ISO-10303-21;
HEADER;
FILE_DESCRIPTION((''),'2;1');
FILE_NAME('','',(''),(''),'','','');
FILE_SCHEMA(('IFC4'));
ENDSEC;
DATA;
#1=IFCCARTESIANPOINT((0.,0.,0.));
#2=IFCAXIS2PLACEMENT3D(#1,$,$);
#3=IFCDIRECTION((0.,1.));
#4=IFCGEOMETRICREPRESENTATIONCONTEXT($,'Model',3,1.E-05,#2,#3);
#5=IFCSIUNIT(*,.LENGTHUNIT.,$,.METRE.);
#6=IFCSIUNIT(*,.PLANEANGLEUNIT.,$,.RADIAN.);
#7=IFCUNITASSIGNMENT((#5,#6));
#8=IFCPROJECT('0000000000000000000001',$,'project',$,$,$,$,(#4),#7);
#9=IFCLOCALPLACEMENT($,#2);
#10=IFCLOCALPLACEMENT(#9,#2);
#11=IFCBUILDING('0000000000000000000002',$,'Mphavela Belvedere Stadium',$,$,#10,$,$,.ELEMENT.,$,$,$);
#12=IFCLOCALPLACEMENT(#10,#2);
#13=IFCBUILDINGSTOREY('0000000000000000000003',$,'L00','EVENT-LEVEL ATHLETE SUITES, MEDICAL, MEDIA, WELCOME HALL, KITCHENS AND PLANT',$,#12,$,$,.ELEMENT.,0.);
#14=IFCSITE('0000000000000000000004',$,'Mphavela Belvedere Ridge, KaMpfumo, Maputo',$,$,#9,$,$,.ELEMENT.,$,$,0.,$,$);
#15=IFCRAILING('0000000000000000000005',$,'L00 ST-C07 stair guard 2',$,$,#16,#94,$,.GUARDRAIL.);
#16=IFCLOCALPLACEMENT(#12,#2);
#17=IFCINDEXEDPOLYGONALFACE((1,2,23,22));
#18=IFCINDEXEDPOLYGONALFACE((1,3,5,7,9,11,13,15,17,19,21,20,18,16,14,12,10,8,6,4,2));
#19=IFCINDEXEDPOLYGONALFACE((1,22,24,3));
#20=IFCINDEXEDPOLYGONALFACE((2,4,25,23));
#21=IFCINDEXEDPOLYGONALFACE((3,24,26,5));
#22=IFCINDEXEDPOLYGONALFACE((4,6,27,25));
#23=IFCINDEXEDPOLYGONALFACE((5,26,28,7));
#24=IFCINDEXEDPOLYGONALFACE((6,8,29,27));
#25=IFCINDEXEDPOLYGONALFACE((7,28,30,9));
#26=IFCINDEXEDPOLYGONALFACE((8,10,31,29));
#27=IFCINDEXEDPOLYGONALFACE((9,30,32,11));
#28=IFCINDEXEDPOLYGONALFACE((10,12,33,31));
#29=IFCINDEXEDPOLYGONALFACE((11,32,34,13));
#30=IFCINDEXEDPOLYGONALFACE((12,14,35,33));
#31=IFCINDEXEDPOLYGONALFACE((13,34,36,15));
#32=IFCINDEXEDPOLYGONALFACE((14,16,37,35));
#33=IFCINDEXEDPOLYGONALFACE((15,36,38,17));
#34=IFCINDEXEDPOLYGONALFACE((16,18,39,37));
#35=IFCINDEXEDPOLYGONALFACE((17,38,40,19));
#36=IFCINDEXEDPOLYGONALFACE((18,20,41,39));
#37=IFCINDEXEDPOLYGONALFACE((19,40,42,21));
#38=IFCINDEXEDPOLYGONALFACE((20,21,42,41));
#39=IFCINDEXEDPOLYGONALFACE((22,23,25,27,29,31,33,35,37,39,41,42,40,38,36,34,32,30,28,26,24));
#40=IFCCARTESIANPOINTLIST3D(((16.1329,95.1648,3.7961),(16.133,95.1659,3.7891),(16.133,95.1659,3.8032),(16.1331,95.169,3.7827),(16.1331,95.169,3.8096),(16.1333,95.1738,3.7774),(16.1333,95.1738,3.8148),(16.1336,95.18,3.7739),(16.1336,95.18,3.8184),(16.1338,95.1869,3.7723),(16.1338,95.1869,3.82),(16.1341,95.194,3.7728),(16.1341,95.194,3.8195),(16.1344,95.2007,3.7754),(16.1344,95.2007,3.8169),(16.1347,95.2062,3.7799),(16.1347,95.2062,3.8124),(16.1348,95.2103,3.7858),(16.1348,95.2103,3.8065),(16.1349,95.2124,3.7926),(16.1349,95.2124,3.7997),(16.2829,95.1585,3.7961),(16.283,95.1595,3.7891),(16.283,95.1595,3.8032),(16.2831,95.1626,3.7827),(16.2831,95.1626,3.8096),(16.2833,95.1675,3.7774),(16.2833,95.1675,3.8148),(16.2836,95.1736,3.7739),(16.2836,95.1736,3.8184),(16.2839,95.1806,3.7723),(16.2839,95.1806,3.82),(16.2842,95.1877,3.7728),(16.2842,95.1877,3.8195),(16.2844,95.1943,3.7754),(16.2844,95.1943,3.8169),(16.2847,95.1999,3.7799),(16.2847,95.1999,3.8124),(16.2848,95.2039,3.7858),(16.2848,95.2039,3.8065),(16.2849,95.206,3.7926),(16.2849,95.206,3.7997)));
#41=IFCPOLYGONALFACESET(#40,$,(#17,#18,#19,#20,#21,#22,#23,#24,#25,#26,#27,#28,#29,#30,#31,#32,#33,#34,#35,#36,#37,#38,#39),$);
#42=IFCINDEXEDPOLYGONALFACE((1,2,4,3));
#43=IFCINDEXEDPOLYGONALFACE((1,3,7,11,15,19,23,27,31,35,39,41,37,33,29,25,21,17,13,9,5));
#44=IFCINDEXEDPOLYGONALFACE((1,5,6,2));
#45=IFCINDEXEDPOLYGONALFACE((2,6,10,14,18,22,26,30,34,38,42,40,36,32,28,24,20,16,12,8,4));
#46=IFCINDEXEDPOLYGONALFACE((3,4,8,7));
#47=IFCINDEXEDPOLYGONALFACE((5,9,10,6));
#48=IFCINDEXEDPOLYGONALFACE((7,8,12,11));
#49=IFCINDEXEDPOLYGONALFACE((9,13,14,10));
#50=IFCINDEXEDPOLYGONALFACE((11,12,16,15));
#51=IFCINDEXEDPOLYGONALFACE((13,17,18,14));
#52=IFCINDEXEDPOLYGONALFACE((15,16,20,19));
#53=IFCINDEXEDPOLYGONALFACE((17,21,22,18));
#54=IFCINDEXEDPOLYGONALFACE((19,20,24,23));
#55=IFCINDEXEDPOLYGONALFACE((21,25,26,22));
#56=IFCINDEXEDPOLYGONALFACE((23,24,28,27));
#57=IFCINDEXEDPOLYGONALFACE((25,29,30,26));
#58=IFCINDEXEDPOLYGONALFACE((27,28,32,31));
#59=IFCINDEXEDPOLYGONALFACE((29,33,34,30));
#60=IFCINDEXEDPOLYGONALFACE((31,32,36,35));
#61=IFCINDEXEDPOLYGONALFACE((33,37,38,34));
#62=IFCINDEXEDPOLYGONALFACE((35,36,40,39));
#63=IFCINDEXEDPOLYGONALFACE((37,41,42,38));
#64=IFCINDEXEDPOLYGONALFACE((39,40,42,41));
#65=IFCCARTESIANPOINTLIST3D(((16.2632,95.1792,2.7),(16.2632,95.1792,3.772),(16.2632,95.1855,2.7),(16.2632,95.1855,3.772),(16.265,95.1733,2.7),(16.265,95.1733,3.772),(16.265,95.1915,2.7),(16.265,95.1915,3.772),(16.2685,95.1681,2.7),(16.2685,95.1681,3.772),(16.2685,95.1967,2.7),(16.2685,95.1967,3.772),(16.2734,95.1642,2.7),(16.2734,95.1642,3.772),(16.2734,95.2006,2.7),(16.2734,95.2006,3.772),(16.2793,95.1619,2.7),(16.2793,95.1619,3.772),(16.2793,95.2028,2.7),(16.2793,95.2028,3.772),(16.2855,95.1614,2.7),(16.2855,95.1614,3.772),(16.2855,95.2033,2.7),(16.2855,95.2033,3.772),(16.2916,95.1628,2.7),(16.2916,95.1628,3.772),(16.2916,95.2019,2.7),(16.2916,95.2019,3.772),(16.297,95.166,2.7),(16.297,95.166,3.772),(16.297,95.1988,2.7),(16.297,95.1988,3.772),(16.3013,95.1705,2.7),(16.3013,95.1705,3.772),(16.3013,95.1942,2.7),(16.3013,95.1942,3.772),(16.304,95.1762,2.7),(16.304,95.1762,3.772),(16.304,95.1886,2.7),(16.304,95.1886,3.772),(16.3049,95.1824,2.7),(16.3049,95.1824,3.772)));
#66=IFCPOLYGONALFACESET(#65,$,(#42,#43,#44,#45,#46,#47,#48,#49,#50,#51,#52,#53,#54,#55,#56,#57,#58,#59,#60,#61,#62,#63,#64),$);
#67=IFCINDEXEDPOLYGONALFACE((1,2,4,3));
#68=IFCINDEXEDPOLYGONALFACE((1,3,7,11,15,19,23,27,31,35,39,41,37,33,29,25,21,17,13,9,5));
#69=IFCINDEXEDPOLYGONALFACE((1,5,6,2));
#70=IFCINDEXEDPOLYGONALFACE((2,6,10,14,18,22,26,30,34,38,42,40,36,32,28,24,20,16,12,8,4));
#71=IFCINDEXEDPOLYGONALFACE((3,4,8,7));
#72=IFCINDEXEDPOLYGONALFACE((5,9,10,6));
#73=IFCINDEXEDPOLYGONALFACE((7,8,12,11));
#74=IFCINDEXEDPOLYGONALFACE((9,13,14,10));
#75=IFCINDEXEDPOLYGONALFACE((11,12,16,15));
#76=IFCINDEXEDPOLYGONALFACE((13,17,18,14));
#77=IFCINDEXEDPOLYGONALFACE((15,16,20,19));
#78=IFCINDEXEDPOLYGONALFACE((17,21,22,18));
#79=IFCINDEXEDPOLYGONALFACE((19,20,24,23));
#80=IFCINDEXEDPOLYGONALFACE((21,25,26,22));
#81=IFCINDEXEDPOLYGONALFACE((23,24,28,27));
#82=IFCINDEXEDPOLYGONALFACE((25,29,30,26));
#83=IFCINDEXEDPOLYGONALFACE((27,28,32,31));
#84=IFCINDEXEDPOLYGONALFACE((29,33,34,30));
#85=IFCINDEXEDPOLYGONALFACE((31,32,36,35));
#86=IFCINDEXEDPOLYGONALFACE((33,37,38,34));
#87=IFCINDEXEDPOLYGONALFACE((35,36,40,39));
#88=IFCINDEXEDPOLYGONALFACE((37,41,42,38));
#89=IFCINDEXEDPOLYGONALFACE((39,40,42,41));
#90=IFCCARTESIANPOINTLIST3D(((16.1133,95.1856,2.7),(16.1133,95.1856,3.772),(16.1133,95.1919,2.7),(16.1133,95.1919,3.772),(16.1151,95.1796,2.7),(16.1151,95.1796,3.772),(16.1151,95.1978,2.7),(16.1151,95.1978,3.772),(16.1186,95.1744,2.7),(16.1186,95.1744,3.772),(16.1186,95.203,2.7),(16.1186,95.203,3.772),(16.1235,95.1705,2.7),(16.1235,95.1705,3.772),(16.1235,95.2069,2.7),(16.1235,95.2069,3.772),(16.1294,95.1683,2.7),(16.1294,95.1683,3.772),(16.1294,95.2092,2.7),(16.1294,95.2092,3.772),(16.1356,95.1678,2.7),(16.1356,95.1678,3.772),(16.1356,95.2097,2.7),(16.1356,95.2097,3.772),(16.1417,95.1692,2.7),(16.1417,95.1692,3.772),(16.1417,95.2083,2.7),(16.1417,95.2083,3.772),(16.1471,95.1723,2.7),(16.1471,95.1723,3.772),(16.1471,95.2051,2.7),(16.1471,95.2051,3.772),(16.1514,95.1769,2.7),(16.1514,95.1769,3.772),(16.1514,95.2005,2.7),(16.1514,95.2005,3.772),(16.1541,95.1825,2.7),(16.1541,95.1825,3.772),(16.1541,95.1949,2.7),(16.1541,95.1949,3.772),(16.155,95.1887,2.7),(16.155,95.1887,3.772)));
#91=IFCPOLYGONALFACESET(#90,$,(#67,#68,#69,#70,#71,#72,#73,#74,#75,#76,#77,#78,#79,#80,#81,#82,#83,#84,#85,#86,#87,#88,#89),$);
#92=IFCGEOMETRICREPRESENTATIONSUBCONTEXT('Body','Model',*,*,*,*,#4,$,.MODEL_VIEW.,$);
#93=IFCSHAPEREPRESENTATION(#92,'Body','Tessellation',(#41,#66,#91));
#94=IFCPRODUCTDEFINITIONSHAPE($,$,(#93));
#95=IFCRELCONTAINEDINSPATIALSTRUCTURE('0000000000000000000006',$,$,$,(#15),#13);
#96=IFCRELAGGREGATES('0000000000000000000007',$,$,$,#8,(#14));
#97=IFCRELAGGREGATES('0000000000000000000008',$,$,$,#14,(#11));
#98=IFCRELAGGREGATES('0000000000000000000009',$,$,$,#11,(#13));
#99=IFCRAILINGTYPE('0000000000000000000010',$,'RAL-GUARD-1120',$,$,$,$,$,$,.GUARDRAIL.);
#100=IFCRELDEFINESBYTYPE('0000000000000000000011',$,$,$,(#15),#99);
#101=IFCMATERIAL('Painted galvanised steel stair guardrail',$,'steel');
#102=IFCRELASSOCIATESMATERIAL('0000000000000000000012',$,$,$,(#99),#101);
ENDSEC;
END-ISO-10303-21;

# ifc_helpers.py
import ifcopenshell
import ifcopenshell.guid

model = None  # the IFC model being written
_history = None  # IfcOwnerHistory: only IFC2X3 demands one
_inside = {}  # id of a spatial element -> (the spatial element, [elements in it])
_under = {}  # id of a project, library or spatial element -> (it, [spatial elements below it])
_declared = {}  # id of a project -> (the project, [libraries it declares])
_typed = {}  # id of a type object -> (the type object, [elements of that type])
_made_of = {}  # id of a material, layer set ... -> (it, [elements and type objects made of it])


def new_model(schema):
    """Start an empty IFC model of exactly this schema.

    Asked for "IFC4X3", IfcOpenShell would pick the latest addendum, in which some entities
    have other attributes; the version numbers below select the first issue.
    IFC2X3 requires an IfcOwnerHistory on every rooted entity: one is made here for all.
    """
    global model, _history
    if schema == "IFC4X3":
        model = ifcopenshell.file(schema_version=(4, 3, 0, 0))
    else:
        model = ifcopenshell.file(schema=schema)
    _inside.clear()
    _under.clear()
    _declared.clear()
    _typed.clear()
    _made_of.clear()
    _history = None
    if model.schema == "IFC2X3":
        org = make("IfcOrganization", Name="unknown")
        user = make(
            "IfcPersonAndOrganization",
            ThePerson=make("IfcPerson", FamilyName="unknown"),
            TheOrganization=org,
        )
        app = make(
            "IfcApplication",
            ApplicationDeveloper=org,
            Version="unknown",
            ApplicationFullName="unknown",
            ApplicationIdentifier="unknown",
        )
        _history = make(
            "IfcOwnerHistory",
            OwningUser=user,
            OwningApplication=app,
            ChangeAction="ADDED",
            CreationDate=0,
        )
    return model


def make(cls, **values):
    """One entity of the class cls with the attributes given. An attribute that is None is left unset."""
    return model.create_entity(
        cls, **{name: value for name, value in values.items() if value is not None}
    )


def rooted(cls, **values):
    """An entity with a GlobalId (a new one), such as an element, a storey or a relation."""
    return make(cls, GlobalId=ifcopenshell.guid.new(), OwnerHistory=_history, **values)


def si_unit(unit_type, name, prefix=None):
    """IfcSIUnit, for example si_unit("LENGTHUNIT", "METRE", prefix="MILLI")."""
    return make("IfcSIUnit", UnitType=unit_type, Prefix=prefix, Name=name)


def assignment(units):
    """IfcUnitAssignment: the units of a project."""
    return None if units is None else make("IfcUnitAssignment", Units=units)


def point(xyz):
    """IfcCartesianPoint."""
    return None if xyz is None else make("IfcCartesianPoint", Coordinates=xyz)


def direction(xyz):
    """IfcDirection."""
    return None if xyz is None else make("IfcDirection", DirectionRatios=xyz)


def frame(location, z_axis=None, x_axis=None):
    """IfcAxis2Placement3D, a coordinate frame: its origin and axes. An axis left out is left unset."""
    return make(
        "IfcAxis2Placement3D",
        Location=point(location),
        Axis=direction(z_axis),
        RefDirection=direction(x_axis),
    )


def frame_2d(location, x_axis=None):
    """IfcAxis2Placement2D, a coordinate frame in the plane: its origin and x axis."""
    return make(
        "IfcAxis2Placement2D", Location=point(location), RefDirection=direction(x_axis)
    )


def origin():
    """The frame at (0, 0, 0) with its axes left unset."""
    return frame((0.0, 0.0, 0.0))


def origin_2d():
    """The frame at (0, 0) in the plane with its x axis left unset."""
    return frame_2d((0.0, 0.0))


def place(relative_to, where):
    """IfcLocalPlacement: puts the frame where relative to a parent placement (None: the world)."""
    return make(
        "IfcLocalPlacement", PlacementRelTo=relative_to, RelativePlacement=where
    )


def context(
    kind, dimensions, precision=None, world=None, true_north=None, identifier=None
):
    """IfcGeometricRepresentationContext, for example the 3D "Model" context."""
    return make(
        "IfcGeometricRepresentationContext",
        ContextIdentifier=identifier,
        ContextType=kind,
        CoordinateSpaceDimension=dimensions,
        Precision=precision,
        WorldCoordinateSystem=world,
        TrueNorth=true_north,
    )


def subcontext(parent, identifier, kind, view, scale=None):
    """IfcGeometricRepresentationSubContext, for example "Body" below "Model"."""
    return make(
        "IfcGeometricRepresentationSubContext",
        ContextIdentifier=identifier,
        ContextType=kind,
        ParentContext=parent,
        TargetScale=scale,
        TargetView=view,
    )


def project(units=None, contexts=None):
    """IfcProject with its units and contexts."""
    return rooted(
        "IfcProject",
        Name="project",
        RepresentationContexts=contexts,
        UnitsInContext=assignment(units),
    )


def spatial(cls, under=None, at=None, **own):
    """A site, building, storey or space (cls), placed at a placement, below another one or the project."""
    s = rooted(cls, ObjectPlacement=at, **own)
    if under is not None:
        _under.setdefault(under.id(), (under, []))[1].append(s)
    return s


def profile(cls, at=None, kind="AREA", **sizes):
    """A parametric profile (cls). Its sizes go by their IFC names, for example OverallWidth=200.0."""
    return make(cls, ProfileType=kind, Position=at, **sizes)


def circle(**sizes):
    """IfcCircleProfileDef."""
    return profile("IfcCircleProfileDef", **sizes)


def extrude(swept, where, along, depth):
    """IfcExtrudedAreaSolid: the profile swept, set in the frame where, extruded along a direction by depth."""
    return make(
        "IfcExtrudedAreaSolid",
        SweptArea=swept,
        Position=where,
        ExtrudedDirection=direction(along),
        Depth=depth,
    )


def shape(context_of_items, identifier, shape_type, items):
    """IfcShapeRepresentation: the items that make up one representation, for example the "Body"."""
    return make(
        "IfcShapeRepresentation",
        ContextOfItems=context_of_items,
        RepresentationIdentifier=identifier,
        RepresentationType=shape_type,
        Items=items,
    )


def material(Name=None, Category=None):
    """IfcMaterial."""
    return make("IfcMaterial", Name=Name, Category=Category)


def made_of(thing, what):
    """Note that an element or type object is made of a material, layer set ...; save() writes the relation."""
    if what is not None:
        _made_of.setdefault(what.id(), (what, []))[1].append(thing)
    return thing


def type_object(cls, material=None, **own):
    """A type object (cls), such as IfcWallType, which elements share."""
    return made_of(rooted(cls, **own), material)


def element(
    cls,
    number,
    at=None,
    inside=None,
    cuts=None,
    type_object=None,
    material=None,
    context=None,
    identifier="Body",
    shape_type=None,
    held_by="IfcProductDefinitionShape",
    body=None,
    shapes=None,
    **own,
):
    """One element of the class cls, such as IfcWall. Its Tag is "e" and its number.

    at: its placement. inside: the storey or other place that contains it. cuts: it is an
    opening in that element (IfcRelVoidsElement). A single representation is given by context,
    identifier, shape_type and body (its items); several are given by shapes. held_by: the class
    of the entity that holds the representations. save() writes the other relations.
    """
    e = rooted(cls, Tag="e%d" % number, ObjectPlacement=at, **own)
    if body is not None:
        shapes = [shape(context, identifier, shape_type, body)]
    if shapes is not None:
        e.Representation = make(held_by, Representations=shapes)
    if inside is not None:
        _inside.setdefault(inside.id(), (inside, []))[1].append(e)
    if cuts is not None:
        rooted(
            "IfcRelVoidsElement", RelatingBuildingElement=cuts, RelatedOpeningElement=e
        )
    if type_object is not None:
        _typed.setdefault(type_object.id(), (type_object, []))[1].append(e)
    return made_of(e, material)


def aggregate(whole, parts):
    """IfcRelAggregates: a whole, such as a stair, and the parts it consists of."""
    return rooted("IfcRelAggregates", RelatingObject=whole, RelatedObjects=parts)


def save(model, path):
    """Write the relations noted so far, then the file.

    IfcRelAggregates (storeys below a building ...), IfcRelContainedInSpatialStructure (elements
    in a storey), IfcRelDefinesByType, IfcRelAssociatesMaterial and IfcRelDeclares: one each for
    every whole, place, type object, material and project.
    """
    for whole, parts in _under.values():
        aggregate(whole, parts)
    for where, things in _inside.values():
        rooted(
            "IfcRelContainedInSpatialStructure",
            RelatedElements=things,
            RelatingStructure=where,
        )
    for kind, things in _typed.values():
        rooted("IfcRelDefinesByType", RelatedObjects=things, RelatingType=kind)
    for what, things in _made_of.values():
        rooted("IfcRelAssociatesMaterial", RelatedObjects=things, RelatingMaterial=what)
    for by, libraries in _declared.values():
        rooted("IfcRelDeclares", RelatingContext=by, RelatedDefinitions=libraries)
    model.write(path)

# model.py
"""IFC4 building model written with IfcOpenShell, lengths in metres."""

from ifc_helpers import new_model, si_unit, direction, frame, origin, origin_2d, place, context, subcontext, project, spatial, circle, extrude, material, type_object, element, save


model = new_model("IFC4")

# Units and contexts
model_context = context("Model", 3, precision=1e-05, world=origin(), true_north=direction((0.0, 1.0)))
body_context = subcontext(model_context, "Body", "Model", "MODEL_VIEW")
ifc_project = project(units=[si_unit("LENGTHUNIT", "METRE"), si_unit("PLANEANGLEUNIT", "RADIAN")], contexts=[model_context])

# Site, building, storey
site_placement = place(None, origin())
site = spatial("IfcSite", under=ifc_project, at=site_placement, Name="Mphavela Belvedere Ridge, KaMpfumo, Maputo", CompositionType="ELEMENT", RefElevation=0.0)
building_placement = place(site_placement, origin())
building = spatial("IfcBuilding", under=site, at=building_placement, Name="Mphavela Belvedere Stadium", CompositionType="ELEMENT")
storey_placement = place(building_placement, origin())
storey = spatial("IfcBuildingStorey", under=building, at=storey_placement, Name="L00", Description="EVENT-LEVEL ATHLETE SUITES, MEDICAL, MEDIA, WELCOME HALL, KITCHENS AND PLANT", CompositionType="ELEMENT", Elevation=0.0)

# Railing
ifc_material_1 = material(Name="Painted galvanised steel stair guardrail", Category="steel")
railing_type_1 = type_object("IfcRailingType", Name="RAL-GUARD-1120", PredefinedType="GUARDRAIL", material=ifc_material_1)
railing_1_placement = place(storey_placement, frame((16.2839, 95.1824, 2.7)))
element("IfcRailing", 1, at=railing_1_placement, inside=storey, type_object=railing_type_1, Name="L00 ST-C07 stair guard 2", PredefinedType="GUARDRAIL", context=body_context, shape_type="SweptSolid", body=[
    extrude(circle(Radius=0.0239, at=origin_2d()), frame((0.0, 0.0, 1.0962), z_axis=(-0.999105, 0.042307, 0.0), x_axis=(-0.042307, -0.999105, 0.0)), (0.0, 0.0, 1.0), 0.1501),
    extrude(circle(Radius=0.021, at=origin_2d()), origin(), (0.0, 0.0, 1.0), 1.072),
    extrude(circle(Radius=0.021, at=origin_2d()), frame((-0.1499, 0.0063, 0.0)), (0.0, 0.0, 1.0), 1.072),
])

save(model, "model.ifc")
